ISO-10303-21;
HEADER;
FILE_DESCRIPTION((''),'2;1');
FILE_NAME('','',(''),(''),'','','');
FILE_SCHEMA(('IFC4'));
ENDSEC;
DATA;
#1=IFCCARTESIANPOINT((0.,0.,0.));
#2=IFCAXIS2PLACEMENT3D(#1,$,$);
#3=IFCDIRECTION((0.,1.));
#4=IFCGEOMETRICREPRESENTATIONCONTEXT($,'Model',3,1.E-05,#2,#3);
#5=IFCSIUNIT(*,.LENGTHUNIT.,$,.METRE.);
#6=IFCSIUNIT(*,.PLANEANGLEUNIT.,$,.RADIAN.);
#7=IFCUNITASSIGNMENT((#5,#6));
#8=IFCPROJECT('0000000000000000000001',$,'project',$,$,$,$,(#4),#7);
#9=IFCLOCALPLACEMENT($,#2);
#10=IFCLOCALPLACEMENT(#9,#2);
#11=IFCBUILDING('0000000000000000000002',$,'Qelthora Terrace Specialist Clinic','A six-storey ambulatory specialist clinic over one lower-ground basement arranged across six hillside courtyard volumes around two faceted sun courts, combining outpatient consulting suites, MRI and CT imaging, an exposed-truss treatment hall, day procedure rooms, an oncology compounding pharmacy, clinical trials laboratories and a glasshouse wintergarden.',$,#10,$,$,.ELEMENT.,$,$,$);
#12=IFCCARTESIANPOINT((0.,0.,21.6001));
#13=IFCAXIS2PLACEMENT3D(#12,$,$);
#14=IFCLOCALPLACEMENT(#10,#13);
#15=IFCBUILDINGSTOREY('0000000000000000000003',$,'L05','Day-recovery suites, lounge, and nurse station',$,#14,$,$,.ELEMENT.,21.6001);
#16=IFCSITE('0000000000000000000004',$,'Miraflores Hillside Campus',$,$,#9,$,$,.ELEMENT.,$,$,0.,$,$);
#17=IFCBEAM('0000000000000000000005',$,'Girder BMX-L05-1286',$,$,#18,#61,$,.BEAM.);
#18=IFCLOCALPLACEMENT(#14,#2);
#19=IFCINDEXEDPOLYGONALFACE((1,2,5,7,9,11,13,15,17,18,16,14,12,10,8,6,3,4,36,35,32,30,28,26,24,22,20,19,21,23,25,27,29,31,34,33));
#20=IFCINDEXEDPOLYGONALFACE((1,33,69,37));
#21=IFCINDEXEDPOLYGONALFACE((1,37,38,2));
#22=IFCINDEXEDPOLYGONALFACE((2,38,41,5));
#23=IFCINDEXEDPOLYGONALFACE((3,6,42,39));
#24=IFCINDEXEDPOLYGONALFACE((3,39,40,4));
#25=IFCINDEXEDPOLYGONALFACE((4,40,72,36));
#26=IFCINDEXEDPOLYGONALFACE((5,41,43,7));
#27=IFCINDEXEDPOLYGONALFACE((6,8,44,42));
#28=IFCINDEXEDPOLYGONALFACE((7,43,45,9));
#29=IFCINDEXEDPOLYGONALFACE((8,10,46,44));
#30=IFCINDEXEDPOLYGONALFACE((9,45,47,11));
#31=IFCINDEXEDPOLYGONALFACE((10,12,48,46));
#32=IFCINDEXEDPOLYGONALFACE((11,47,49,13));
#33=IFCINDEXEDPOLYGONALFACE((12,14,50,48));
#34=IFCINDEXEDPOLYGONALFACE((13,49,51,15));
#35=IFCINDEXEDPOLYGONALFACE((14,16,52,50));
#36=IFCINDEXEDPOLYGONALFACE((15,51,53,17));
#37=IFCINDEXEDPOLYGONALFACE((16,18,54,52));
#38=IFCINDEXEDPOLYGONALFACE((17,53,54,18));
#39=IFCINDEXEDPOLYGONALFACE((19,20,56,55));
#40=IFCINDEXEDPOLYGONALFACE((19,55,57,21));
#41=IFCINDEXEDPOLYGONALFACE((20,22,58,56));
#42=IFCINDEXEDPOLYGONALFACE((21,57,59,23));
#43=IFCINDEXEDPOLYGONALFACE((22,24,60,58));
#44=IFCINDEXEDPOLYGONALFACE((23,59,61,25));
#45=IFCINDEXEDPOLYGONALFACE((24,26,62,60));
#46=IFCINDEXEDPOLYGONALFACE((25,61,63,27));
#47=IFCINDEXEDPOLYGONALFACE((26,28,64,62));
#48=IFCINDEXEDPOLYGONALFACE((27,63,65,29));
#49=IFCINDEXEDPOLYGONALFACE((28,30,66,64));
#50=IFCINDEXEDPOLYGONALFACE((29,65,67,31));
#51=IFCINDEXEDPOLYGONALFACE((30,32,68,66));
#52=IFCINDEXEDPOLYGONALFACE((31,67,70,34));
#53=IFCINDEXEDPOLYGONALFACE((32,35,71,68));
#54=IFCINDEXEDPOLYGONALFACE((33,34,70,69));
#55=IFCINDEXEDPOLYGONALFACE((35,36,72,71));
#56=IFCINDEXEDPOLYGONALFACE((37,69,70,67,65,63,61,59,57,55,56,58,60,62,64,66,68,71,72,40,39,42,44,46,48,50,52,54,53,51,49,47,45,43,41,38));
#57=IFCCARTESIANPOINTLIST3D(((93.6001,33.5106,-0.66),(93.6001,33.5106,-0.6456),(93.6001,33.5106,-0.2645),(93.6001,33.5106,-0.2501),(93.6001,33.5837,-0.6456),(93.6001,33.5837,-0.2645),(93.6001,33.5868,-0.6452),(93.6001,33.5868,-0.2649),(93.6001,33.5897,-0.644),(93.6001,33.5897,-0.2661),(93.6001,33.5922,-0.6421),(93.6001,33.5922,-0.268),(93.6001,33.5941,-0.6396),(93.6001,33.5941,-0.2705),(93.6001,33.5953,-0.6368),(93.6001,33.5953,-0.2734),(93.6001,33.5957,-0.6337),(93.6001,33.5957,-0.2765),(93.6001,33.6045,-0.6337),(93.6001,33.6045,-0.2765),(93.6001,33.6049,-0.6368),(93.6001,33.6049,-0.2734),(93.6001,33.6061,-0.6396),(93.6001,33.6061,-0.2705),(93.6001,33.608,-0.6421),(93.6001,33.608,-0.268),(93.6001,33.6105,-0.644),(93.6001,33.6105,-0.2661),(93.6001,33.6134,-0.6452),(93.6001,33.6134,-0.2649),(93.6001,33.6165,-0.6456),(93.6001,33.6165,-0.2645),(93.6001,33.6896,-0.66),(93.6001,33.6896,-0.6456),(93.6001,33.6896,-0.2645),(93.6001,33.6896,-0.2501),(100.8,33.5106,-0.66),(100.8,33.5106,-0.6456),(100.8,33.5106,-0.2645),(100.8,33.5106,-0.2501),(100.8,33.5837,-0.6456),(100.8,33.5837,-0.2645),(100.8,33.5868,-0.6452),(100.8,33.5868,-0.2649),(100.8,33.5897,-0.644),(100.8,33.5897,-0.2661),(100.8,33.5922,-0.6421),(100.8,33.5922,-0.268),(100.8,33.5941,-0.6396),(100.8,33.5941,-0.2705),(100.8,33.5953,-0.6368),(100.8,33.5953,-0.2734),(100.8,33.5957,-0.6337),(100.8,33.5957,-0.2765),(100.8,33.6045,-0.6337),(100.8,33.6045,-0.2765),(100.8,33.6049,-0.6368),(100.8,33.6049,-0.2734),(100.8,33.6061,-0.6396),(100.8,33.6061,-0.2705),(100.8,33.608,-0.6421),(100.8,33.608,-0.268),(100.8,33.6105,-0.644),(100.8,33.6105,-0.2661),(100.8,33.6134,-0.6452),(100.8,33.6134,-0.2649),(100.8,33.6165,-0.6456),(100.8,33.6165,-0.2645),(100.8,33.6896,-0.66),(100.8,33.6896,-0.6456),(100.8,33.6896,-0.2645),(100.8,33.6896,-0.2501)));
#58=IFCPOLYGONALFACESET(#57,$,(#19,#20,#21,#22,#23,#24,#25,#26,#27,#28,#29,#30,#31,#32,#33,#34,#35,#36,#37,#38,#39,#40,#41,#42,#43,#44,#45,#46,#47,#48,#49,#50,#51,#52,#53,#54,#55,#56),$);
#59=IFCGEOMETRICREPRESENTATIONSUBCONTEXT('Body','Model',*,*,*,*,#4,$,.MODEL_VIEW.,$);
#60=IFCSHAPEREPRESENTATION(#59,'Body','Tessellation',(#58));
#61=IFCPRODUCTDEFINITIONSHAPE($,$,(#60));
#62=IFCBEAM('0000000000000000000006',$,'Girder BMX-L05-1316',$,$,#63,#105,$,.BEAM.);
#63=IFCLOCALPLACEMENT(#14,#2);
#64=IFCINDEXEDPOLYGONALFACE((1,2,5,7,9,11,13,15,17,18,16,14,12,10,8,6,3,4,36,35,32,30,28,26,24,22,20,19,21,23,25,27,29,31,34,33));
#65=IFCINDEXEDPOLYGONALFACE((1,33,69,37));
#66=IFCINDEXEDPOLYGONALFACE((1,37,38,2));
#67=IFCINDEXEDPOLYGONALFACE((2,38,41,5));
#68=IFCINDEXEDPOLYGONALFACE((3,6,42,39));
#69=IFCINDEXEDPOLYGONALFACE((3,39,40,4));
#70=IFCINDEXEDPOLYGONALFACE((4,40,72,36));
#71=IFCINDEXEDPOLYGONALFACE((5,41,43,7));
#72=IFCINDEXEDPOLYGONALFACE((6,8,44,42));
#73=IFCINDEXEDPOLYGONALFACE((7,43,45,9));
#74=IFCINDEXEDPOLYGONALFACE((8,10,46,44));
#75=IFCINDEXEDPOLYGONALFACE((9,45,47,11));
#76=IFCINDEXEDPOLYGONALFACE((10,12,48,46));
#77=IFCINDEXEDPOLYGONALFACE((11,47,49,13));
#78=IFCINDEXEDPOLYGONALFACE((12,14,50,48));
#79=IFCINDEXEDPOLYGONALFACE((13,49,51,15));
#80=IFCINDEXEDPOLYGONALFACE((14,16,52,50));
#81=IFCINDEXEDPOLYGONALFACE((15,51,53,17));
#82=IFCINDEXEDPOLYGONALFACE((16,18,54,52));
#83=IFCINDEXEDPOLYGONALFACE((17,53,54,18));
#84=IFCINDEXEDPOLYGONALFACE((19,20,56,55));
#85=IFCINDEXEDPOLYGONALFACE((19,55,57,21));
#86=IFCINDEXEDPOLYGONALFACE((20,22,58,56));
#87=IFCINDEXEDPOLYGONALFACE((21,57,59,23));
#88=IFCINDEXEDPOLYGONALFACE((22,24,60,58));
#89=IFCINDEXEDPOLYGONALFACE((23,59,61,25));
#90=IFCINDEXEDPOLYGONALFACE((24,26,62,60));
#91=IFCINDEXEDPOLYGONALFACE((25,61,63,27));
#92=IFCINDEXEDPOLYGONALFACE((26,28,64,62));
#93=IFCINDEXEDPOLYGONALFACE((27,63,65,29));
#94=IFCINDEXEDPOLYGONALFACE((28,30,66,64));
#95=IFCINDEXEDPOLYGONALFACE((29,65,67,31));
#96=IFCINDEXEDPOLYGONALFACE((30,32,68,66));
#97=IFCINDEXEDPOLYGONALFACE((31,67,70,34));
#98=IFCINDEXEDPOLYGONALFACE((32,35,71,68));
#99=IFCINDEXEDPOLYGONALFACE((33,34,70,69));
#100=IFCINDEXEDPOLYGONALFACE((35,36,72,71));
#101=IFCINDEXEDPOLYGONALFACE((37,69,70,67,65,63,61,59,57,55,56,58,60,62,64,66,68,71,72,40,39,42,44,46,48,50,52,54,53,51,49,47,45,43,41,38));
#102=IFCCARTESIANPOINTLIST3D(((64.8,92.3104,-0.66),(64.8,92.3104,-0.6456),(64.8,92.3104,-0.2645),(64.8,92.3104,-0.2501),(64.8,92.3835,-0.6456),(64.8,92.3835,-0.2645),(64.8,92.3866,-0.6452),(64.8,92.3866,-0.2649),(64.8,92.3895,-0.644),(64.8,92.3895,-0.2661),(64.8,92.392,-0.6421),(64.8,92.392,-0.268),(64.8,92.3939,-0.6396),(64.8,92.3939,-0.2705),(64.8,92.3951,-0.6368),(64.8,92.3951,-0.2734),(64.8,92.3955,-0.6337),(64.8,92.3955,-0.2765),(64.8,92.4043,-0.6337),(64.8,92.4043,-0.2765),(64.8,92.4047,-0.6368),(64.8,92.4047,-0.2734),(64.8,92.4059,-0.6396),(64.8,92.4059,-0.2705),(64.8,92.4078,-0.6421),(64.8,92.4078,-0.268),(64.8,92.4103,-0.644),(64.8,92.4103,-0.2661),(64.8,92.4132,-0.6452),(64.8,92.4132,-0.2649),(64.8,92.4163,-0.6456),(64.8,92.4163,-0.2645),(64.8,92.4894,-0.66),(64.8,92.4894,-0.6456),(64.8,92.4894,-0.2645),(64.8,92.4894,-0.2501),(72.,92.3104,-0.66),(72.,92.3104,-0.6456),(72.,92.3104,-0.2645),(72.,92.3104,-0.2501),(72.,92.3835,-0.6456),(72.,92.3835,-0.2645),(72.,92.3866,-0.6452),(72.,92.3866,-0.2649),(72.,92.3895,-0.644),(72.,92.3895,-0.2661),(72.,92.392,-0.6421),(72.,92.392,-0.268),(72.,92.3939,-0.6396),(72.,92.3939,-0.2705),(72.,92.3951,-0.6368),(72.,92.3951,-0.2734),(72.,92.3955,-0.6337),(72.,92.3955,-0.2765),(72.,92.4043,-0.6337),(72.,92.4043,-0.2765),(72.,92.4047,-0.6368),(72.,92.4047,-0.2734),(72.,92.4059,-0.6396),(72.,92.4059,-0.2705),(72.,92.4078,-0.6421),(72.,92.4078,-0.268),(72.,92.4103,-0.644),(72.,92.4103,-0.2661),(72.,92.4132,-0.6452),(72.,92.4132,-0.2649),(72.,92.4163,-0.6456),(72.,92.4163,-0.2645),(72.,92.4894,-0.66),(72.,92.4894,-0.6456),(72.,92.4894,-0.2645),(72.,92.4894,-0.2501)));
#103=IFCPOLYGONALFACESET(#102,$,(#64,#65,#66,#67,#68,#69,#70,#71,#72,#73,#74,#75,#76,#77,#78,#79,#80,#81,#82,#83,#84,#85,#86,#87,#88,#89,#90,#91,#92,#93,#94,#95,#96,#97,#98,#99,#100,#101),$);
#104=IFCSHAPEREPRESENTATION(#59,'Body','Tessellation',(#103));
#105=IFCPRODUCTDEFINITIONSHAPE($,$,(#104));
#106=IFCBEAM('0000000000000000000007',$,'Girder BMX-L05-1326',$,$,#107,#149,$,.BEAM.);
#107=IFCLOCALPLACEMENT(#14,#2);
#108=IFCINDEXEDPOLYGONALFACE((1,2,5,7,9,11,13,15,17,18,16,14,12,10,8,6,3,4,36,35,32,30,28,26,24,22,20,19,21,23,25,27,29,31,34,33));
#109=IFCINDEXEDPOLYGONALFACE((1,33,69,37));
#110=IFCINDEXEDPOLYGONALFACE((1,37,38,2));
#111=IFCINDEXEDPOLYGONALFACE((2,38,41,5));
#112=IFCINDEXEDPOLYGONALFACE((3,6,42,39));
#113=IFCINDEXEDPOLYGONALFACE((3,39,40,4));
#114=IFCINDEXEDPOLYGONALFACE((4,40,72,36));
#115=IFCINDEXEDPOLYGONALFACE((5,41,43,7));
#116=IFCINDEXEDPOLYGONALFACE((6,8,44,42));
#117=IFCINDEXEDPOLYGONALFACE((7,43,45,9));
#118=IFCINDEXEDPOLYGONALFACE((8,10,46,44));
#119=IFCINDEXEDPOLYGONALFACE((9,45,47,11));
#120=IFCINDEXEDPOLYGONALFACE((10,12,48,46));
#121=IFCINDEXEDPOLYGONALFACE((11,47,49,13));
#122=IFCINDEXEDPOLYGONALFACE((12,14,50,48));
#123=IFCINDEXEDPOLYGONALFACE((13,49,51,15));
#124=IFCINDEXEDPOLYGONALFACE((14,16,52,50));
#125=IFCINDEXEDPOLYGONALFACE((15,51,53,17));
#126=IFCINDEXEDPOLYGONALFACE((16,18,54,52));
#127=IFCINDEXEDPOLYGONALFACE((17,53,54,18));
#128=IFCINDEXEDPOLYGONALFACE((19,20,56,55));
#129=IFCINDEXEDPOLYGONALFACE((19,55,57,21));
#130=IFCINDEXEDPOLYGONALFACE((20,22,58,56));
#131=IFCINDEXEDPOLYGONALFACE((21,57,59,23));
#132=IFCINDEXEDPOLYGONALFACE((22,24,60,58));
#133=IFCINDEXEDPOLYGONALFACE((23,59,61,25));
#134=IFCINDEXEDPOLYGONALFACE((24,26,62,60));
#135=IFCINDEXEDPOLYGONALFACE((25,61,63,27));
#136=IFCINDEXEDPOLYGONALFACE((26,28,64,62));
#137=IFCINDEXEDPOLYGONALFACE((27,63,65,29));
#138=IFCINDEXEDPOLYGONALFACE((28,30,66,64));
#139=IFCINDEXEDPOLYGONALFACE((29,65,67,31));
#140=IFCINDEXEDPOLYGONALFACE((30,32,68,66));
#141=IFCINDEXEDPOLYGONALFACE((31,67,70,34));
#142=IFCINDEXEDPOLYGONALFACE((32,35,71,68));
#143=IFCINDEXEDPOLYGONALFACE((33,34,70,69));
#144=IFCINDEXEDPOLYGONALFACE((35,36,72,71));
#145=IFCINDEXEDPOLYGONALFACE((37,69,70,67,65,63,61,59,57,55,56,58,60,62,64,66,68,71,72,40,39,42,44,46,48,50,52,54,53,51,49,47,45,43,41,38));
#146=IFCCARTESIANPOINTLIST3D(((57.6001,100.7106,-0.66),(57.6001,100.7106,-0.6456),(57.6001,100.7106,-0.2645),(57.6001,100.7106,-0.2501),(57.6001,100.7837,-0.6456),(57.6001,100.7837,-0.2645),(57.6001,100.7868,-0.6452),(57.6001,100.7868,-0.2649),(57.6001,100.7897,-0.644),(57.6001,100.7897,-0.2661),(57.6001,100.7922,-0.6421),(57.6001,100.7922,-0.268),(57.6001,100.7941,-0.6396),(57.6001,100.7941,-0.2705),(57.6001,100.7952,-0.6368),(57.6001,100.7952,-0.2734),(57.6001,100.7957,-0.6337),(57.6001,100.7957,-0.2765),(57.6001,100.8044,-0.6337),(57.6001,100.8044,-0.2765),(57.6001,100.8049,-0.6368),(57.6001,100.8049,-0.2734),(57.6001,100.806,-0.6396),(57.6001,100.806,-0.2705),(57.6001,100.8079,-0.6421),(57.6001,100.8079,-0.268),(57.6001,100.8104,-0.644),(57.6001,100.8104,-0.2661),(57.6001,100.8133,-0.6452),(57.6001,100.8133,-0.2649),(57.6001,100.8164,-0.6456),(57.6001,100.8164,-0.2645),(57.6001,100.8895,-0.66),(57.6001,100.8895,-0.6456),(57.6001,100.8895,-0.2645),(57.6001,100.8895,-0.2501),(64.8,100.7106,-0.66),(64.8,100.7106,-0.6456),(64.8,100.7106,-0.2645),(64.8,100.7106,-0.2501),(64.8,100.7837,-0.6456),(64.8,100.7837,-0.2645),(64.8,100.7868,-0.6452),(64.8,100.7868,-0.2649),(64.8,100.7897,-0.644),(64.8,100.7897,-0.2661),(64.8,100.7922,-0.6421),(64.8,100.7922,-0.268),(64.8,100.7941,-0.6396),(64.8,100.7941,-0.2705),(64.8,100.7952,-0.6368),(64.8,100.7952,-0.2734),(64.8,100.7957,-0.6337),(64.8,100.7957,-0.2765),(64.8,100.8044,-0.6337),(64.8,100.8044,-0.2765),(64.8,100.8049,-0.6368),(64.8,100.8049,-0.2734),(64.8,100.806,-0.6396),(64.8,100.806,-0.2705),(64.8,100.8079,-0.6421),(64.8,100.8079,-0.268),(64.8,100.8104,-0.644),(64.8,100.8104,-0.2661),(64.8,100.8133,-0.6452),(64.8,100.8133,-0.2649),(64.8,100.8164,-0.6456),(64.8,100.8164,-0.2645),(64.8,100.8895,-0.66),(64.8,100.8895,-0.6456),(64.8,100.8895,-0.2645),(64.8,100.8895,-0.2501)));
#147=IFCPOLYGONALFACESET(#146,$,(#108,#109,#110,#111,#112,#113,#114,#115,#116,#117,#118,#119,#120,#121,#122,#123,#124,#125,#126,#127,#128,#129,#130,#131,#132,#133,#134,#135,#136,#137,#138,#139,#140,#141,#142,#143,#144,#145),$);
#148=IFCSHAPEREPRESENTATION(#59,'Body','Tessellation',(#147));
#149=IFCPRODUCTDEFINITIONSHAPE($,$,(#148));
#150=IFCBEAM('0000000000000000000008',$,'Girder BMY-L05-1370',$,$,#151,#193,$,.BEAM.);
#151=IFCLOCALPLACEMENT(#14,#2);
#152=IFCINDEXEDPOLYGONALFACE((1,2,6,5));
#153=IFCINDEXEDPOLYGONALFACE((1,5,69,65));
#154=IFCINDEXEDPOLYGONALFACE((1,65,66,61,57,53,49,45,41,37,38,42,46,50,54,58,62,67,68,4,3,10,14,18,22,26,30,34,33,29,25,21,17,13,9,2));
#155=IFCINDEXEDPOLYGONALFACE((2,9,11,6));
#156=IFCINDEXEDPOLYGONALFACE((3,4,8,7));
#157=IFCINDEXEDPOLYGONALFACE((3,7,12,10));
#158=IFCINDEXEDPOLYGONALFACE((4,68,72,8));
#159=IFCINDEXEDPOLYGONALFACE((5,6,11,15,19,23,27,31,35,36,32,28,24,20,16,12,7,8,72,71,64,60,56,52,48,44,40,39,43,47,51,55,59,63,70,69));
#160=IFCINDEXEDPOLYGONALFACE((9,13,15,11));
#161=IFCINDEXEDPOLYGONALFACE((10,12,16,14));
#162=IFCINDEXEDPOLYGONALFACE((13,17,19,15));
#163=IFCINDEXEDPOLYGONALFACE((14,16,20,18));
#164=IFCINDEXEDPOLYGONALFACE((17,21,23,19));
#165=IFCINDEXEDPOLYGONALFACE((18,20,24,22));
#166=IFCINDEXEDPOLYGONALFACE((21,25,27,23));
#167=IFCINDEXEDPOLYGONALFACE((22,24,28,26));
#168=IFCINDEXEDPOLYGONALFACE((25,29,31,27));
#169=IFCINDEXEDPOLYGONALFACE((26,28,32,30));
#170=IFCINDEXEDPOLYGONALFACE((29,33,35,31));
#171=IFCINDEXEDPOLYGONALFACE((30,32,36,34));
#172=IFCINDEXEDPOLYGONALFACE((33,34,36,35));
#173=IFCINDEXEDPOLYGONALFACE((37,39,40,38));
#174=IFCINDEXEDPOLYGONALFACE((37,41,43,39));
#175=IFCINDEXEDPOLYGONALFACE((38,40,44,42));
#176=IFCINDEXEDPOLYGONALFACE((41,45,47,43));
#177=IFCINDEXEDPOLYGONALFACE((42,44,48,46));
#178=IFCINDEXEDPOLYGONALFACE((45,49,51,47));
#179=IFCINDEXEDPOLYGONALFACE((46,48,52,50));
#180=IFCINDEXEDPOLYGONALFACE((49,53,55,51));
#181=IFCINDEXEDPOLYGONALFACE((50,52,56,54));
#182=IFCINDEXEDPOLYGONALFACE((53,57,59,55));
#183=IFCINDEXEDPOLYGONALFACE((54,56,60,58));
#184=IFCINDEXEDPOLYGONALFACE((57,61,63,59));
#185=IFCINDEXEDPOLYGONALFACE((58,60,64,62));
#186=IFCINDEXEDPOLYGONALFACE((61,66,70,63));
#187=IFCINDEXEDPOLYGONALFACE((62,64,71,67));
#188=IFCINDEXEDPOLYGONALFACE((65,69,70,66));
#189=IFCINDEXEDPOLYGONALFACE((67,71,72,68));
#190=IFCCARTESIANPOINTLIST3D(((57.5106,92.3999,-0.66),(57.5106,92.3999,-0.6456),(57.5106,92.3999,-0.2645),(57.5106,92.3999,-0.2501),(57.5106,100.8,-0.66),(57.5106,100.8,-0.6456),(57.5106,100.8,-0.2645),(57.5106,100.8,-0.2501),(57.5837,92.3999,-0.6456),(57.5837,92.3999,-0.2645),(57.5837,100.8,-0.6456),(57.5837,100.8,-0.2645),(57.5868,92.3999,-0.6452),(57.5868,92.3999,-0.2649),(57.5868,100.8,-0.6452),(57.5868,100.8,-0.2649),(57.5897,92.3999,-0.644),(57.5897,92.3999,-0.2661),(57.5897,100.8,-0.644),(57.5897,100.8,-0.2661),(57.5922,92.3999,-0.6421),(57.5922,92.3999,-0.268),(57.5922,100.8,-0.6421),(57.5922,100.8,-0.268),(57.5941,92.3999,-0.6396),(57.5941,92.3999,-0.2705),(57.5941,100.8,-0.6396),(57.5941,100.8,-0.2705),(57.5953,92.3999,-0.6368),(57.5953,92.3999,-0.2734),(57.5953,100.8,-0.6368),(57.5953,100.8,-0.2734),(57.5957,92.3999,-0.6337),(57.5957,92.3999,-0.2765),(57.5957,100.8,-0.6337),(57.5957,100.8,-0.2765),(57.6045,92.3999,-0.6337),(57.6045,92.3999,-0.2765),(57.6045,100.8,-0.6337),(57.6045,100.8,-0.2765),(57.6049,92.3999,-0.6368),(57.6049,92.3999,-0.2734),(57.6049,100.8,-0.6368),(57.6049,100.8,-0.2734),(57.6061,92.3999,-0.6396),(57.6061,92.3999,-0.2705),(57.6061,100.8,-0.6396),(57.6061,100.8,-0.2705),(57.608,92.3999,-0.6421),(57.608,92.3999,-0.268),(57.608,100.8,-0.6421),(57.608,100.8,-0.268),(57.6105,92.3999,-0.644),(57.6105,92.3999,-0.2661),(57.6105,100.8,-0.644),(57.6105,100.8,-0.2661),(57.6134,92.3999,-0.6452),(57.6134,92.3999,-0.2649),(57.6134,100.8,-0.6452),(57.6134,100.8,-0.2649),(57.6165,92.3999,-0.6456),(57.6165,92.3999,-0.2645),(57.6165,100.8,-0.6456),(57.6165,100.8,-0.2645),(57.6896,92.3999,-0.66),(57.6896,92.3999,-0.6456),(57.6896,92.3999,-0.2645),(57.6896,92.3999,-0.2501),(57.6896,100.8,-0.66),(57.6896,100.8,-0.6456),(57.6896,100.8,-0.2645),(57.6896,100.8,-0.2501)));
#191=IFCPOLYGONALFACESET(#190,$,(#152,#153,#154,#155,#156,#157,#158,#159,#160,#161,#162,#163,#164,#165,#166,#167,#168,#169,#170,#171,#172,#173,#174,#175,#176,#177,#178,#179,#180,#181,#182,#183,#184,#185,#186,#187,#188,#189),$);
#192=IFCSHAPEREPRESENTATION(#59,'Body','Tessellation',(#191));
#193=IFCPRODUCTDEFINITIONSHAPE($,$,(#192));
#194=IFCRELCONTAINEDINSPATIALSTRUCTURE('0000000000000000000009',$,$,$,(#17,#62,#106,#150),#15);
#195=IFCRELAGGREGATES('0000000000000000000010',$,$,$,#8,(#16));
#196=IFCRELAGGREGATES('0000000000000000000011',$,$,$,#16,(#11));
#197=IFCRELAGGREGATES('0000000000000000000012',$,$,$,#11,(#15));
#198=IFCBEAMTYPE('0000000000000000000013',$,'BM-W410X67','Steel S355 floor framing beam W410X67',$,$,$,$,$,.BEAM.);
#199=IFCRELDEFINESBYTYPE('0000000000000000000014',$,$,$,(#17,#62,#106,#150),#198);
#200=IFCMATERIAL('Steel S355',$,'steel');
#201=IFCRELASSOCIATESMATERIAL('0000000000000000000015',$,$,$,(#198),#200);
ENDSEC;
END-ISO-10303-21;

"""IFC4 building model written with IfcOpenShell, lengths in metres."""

from ifc_helpers import new_model, si_unit, direction, frame, origin, origin_2d, place, context, subcontext, project, spatial, i_section, extrude, material, material_profile, profile_set, type_object, element, save


model = new_model("IFC4")

# Units and contexts
model_context = context("Model", 3, precision=1e-05, world=origin(), true_north=direction((0.0, 1.0)))
body_context = subcontext(model_context, "Body", "Model", "MODEL_VIEW")
ifc_project = project(units=[si_unit("LENGTHUNIT", "METRE"), si_unit("PLANEANGLEUNIT", "RADIAN")], contexts=[model_context])

# Site, building, storey
site_placement = place(None, origin())
site = spatial("IfcSite", under=ifc_project, at=site_placement, Name="Miraflores Hillside Campus", CompositionType="ELEMENT", RefElevation=0.0)
building_placement = place(site_placement, origin())
building = spatial("IfcBuilding", under=site, at=building_placement, Name="Qelthora Terrace Specialist Clinic", Description="A six-storey ambulatory specialist clinic over one lower-ground basement arranged across six hillside courtyard volumes around two faceted sun courts, combining outpatient consulting suites, MRI and CT imaging, an exposed-truss treatment hall, day procedure rooms, an oncology compounding pharmacy, clinical trials laboratories and a glasshouse wintergarden.", CompositionType="ELEMENT")
storey_placement = place(building_placement, frame((0.0, 0.0, 21.6001)))
storey = spatial("IfcBuildingStorey", under=building, at=storey_placement, Name="L05", Description="Day-recovery suites, lounge, and nurse station", CompositionType="ELEMENT", Elevation=21.6001)

# Beams
ifc_material_1 = material(Name="Steel S355", Category="steel")
ifc_material_profile_1 = material_profile(ifc_material_1, i_section(OverallWidth=0.179, OverallDepth=0.4099, WebThickness=0.0088, FlangeThickness=0.0144, FilletRadius=0.012, at=origin_2d()), Name="W410X67")
ifc_profile_set_1 = profile_set([ifc_material_profile_1], Name="Steel S355")
beam_type_1 = type_object("IfcBeamType", Name="BM-W410X67", Description="Steel S355 floor framing beam W410X67", PredefinedType="BEAM", material=ifc_profile_set_1)
for number, where, z_axis, x_axis, name in (
    (1, (93.6001, 33.6001, -0.4551), (1.0, 0.0, 0.0), (0.0, 1.0, 0.0), "Girder BMX-L05-1286"),
    (2, (64.8, 92.3999, -0.4551), (1.0, 0.0, 0.0), (0.0, 1.0, 0.0), "Girder BMX-L05-1316"),
    (3, (57.6001, 100.8, -0.4551), (1.0, 0.0, 0.0), (0.0, 1.0, 0.0), "Girder BMX-L05-1326"),
):
    element("IfcBeam", number, at=place(storey_placement, frame(where, z_axis=z_axis, x_axis=x_axis)), inside=storey, type_object=beam_type_1, Name=name, PredefinedType="BEAM", context=body_context, shape_type="SweptSolid", body=[
        extrude(i_section(OverallWidth=0.179, OverallDepth=0.4099, WebThickness=0.0088, FlangeThickness=0.0144, FilletRadius=0.012, at=origin_2d()), origin(), (0.0, 0.0, 1.0), 7.2),
    ])
beam_1_placement = place(storey_placement, frame((57.6001, 92.3999, -0.4551), z_axis=(0.0, 1.0, 0.0), x_axis=(-1.0, 0.0, 0.0)))
element("IfcBeam", 4, at=beam_1_placement, inside=storey, type_object=beam_type_1, Name="Girder BMY-L05-1370", PredefinedType="BEAM", context=body_context, shape_type="SweptSolid", body=[
    extrude(i_section(OverallWidth=0.179, OverallDepth=0.4099, WebThickness=0.0088, FlangeThickness=0.0144, FilletRadius=0.012, at=origin_2d()), origin(), (0.0, 0.0, 1.0), 8.4001),
])

save(model, "model.ifc")
